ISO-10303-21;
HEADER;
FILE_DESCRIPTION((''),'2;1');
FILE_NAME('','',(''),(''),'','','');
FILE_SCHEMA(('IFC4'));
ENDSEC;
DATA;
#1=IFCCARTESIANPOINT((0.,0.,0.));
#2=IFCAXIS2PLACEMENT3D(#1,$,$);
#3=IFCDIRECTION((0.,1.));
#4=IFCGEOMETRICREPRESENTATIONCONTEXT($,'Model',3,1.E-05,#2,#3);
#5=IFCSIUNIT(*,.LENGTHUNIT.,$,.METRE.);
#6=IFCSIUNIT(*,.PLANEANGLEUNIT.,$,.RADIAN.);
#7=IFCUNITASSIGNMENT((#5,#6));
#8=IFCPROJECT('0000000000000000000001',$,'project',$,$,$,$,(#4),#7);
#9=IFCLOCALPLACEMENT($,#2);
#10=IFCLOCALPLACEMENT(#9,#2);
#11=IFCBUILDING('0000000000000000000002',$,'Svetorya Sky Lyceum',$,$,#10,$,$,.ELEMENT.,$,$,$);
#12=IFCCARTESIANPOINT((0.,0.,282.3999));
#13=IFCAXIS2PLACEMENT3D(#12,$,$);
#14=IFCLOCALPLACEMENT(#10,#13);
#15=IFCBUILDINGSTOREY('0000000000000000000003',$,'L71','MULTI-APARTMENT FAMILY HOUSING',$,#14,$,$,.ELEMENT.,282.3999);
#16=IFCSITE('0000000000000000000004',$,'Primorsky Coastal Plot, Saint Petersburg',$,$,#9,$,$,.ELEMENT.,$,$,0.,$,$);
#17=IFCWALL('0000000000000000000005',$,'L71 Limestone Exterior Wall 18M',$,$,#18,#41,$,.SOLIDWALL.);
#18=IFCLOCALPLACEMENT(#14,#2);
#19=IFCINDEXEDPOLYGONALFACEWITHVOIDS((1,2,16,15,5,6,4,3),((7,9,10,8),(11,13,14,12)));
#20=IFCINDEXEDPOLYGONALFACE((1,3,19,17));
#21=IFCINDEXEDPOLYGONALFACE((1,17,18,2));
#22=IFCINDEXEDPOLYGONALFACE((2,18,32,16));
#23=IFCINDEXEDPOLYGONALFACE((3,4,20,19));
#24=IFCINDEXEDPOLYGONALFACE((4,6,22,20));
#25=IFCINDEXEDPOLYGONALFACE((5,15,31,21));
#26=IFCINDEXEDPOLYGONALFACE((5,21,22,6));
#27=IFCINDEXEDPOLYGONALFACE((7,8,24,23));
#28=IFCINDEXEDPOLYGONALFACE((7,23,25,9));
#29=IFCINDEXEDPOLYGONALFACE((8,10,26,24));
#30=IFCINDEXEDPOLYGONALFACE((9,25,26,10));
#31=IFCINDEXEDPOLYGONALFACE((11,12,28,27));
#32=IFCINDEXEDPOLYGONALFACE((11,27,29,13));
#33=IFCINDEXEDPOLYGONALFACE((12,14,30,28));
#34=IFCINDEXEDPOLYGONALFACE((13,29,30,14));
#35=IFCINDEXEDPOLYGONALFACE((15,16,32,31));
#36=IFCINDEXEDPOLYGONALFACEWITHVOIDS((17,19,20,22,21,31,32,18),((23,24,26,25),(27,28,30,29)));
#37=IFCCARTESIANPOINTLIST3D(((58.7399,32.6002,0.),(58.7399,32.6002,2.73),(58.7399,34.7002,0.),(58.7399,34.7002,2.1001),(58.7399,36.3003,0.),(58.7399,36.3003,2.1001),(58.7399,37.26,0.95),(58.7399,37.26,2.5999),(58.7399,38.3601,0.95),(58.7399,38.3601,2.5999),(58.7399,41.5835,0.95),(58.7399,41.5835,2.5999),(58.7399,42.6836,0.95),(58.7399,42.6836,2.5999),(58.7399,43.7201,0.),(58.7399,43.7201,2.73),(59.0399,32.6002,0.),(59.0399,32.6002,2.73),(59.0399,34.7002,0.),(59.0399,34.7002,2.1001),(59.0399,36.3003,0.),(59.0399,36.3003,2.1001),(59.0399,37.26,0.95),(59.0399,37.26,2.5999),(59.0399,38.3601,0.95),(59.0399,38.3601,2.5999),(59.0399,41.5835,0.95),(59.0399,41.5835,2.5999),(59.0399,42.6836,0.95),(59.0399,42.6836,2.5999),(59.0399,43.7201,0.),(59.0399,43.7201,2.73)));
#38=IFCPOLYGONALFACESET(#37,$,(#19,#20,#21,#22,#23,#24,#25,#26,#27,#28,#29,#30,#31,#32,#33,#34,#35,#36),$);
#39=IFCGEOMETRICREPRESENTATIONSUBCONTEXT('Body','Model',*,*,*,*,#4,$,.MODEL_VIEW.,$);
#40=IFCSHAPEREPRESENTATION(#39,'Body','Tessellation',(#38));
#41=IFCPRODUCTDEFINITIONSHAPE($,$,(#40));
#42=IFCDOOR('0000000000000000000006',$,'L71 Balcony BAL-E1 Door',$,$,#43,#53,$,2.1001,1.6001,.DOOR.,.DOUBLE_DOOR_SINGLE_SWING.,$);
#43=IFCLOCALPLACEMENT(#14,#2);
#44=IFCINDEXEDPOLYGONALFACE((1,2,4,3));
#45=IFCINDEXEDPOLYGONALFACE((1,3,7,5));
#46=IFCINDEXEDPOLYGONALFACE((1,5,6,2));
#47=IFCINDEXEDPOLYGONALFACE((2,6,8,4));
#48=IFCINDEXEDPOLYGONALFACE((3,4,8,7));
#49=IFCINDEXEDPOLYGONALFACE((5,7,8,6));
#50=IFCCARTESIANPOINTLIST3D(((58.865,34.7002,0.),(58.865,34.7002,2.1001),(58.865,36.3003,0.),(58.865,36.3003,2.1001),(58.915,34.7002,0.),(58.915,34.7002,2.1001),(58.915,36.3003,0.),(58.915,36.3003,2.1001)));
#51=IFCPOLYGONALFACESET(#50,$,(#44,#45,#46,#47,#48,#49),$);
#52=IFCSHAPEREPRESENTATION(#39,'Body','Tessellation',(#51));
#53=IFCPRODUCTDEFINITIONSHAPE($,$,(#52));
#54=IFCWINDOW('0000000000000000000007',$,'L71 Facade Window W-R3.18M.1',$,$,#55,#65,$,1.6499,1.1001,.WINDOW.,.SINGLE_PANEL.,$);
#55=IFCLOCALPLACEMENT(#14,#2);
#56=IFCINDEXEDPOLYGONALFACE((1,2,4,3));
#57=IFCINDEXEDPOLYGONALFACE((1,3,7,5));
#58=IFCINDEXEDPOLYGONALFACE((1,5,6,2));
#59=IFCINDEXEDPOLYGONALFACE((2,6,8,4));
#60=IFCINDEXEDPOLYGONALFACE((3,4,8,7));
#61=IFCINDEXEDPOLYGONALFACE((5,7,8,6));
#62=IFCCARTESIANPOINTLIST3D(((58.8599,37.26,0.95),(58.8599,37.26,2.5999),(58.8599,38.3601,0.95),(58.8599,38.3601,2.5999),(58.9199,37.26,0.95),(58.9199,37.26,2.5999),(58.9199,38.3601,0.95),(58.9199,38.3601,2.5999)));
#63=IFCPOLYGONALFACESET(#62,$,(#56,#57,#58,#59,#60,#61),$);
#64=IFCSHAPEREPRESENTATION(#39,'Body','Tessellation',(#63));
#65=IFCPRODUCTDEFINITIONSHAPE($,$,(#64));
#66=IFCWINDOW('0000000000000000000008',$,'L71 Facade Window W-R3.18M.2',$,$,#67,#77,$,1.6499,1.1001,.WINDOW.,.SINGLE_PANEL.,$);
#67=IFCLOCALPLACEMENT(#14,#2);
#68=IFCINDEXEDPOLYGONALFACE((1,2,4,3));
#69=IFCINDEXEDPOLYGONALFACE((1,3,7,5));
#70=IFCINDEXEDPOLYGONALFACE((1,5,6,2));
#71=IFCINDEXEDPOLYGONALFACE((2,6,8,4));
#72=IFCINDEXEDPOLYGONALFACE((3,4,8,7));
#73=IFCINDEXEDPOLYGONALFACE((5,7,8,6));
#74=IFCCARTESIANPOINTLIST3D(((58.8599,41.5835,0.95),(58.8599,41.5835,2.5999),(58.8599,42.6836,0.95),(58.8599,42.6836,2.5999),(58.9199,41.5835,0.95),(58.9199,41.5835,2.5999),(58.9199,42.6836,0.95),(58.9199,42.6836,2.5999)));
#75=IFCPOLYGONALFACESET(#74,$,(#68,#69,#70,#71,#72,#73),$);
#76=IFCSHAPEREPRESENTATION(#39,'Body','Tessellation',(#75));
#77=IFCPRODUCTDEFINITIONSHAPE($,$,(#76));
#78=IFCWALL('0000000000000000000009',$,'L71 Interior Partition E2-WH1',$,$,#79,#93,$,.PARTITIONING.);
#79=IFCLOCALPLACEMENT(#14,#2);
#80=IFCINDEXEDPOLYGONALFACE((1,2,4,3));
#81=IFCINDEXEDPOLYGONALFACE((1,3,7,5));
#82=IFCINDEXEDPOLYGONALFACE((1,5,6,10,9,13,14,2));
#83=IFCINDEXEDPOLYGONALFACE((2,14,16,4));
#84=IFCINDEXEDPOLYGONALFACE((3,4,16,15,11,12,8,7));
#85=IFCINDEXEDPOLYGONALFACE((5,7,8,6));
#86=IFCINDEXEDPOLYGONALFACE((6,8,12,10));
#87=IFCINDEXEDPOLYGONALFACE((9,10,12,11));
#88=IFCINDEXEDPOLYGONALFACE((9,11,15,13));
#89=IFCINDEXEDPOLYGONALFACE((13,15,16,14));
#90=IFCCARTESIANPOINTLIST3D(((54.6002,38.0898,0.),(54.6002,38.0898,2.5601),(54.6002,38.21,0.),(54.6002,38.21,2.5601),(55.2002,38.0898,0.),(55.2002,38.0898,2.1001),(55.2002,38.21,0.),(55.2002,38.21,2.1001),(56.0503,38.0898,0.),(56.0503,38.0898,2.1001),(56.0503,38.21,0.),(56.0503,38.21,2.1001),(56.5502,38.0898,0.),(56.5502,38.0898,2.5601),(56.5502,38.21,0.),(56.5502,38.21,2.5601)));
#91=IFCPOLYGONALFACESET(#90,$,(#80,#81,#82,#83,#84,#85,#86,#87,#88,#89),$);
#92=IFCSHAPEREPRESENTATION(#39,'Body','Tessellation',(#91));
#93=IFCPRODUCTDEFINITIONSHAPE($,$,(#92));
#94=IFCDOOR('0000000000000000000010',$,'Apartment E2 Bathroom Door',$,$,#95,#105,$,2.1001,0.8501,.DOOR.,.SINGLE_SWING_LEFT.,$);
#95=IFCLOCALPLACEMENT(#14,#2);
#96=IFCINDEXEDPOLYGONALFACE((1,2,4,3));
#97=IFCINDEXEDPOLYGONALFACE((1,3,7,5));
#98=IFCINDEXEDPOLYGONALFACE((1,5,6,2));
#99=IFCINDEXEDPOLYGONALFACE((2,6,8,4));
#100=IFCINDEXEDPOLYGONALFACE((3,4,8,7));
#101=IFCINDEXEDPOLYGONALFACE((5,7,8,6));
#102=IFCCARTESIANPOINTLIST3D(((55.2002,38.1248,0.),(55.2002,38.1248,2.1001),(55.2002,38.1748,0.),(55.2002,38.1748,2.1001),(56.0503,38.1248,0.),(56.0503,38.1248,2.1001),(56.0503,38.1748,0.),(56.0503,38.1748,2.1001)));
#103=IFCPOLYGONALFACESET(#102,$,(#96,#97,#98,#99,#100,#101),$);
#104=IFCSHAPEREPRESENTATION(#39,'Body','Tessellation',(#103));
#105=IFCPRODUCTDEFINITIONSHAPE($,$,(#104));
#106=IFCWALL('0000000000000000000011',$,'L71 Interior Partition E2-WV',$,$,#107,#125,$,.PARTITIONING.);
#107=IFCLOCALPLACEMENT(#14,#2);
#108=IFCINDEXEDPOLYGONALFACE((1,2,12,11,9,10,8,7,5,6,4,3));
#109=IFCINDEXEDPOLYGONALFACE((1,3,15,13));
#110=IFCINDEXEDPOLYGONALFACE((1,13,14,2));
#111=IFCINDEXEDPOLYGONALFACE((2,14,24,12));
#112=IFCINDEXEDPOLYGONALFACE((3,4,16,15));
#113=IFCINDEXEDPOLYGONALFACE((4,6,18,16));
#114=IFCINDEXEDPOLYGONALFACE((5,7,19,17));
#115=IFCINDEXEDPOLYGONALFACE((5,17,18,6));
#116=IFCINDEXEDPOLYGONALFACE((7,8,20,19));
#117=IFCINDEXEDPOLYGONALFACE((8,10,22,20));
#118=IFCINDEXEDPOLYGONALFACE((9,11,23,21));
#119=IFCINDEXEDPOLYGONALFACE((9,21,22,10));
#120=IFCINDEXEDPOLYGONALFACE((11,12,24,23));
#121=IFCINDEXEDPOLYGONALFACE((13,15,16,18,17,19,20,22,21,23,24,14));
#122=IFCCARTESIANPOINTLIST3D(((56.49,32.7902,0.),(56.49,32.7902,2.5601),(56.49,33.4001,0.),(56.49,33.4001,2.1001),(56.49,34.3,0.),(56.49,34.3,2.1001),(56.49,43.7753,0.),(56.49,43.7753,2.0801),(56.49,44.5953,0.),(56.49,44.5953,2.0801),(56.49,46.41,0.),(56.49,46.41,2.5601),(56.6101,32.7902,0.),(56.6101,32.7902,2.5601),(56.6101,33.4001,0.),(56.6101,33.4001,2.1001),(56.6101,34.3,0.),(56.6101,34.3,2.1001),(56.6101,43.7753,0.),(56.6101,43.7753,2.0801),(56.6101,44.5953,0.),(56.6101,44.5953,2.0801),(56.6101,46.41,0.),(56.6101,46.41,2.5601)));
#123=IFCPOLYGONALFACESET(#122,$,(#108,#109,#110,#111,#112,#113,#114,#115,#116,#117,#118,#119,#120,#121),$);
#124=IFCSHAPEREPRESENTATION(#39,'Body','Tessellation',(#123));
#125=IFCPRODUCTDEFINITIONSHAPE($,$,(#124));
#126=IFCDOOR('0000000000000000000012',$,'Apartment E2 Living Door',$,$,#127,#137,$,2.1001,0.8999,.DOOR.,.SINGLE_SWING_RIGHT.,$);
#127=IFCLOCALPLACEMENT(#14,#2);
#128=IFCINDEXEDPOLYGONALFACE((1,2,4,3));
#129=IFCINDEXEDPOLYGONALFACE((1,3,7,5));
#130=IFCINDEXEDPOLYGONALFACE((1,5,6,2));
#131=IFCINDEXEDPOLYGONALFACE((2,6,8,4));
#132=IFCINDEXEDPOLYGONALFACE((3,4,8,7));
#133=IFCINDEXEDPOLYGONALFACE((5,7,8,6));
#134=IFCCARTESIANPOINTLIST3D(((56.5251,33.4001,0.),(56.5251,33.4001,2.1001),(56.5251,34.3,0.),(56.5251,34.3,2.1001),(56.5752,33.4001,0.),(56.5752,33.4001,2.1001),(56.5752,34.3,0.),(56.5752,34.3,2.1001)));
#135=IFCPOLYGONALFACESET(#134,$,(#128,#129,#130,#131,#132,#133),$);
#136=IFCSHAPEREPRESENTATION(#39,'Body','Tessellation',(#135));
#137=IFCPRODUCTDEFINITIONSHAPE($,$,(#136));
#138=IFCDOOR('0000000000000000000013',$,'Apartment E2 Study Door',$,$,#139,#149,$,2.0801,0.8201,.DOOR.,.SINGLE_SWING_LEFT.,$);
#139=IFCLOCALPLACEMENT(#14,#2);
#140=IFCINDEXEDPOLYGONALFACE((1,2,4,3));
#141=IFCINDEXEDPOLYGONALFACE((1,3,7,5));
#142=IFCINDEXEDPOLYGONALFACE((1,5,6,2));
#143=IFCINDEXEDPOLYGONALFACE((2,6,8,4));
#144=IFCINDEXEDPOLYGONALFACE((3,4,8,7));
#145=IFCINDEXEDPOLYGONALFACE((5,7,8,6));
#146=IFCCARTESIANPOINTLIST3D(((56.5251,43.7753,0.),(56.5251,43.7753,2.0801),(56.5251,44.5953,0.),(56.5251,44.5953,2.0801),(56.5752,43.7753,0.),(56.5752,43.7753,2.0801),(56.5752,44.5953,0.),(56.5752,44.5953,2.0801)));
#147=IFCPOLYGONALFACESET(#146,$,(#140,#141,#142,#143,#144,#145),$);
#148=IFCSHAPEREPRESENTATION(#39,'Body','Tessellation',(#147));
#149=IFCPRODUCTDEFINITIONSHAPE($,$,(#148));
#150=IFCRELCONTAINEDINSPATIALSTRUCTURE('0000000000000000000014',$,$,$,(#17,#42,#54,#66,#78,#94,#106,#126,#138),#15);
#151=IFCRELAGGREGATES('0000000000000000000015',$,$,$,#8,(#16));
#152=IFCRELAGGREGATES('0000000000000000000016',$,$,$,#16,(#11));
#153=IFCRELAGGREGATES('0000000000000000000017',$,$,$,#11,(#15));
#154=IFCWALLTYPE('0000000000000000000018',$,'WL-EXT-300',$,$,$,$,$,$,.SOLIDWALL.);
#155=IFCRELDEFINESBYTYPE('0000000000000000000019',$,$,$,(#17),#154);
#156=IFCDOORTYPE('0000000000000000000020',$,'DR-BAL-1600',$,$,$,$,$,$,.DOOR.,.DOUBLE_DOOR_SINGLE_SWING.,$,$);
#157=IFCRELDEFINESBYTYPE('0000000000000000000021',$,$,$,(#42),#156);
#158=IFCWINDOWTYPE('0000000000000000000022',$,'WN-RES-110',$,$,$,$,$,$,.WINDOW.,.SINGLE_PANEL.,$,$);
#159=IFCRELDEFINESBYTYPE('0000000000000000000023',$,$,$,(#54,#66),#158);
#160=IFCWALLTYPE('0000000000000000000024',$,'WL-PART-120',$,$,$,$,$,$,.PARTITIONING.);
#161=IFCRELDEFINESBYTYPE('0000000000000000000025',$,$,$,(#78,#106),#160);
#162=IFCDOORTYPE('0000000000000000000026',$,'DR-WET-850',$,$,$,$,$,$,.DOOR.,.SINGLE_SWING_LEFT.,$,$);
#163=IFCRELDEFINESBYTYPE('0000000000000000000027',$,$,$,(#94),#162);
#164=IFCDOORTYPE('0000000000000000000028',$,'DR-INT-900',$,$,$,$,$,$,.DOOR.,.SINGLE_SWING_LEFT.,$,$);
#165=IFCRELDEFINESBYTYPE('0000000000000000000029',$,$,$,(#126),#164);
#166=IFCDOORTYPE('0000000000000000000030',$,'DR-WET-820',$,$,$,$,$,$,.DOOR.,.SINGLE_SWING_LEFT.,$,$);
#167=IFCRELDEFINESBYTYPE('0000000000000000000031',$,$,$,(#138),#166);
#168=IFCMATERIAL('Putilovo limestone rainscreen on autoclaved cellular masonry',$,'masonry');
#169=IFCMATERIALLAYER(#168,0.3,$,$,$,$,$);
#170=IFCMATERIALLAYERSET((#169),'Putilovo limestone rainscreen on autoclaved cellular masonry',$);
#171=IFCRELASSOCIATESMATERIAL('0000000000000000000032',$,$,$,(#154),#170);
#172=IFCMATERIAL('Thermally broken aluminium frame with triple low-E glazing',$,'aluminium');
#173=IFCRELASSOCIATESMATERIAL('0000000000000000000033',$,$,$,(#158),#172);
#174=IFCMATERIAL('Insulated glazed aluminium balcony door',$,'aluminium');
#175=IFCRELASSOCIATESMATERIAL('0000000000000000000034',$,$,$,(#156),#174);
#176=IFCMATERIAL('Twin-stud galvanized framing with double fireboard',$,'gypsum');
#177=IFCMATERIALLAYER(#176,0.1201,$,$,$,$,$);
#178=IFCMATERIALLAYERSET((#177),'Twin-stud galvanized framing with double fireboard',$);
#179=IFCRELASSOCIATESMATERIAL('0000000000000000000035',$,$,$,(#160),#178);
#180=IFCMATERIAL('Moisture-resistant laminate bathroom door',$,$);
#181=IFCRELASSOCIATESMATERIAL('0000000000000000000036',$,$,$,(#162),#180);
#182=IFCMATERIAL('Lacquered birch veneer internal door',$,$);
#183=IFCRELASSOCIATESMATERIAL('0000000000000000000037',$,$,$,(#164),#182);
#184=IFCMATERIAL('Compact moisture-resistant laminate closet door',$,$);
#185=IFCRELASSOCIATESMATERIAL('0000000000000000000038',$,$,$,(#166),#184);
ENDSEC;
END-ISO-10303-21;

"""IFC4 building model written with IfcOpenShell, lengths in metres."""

from ifc_helpers import new_model, si_unit, direction, frame, frame_2d, origin, place, context, subcontext, project, spatial, rectangle, extrude, material, layer, layer_set, type_object, element, fill, save


model = new_model("IFC4")

# Units and contexts
model_context = context("Model", 3, precision=1e-05, world=origin(), true_north=direction((0.0, 1.0)))
body_context = subcontext(model_context, "Body", "Model", "MODEL_VIEW")
ifc_project = project(units=[si_unit("LENGTHUNIT", "METRE"), si_unit("PLANEANGLEUNIT", "RADIAN")], contexts=[model_context])

# Site, building, storey
site_placement = place(None, origin())
site = spatial("IfcSite", under=ifc_project, at=site_placement, Name="Primorsky Coastal Plot, Saint Petersburg", CompositionType="ELEMENT", RefElevation=0.0)
building_placement = place(site_placement, origin())
building = spatial("IfcBuilding", under=site, at=building_placement, Name="Svetorya Sky Lyceum", CompositionType="ELEMENT")
storey_placement = place(building_placement, frame((0.0, 0.0, 282.3999)))
storey = spatial("IfcBuildingStorey", under=building, at=storey_placement, Name="L71", Description="MULTI-APARTMENT FAMILY HOUSING", CompositionType="ELEMENT", Elevation=282.3999)

# Shared definitions
ifc_material_1 = material(Name="Putilovo limestone rainscreen on autoclaved cellular masonry", Category="masonry")
ifc_layer_1 = layer(ifc_material_1, 0.3)
ifc_layer_set_1 = layer_set([ifc_layer_1], Name="Putilovo limestone rainscreen on autoclaved cellular masonry")
wall_type_1 = type_object("IfcWallType", Name="WL-EXT-300", PredefinedType="SOLIDWALL", material=ifc_layer_set_1)

# Shared definitions
ifc_material_2 = material(Name="Thermally broken aluminium frame with triple low-E glazing", Category="aluminium")
window_type = type_object("IfcWindowType", Name="WN-RES-110", PartitioningType="SINGLE_PANEL", PredefinedType="WINDOW", material=ifc_material_2)

# Wall, openings, door, windows
wall_1_placement = place(storey_placement, frame((58.8899, 32.6001, 0.0), z_axis=(0.0, 0.0, 1.0), x_axis=(0.0, 1.0, 0.0)))
wall_1 = element("IfcWall", 1, at=wall_1_placement, inside=storey, type_object=wall_type_1, Name="L71 Limestone Exterior Wall 18M", PredefinedType="SOLIDWALL", context=body_context, shape_type="SweptSolid", body=[
    extrude(rectangle(XDim=11.1199, YDim=0.3, at=frame_2d((5.5601, 0.0))), origin(), (0.0, 0.0, 1.0), 2.73),
])
opening_1_placement = place(wall_1_placement, frame((2.1001, 0.0, 0.0)))
opening_1 = element("IfcOpeningElement", 2, at=opening_1_placement, cuts=wall_1, PredefinedType="OPENING", context=body_context, shape_type="SweptSolid", body=[
    extrude(rectangle(XDim=1.6001, YDim=2.1001, at=frame_2d((0.8, 1.05))), frame((0.0, 0.1599, 0.0), z_axis=(0.0, -1.0, 0.0), x_axis=(1.0, 0.0, 0.0)), (0.0, 0.0, 1.0), 0.3201),
])
opening_2_placement = place(wall_1_placement, frame((4.6599, 0.0, 0.95)))
opening_2 = element("IfcOpeningElement", 3, at=opening_2_placement, cuts=wall_1, PredefinedType="OPENING", context=body_context, shape_type="SweptSolid", body=[
    extrude(rectangle(XDim=1.1001, YDim=1.6499, at=frame_2d((0.55, 0.825))), frame((0.0, 0.1599, 0.0), z_axis=(0.0, -1.0, 0.0), x_axis=(1.0, 0.0, 0.0)), (0.0, 0.0, 1.0), 0.3201),
])
opening_3_placement = place(wall_1_placement, frame((8.9834, 0.0, 0.95)))
opening_3 = element("IfcOpeningElement", 4, at=opening_3_placement, cuts=wall_1, PredefinedType="OPENING", context=body_context, shape_type="SweptSolid", body=[
    extrude(rectangle(XDim=1.1001, YDim=1.6499, at=frame_2d((0.55, 0.825))), frame((0.0, 0.1599, 0.0), z_axis=(0.0, -1.0, 0.0), x_axis=(1.0, 0.0, 0.0)), (0.0, 0.0, 1.0), 0.3201),
])
ifc_material_3 = material(Name="Insulated glazed aluminium balcony door", Category="aluminium")
door_type_1 = type_object("IfcDoorType", Name="DR-BAL-1600", OperationType="DOUBLE_DOOR_SINGLE_SWING", PredefinedType="DOOR", material=ifc_material_3)
door_1_placement = place(opening_1_placement, origin())
door_1 = element("IfcDoor", 5, at=door_1_placement, inside=storey, type_object=door_type_1, Name="L71 Balcony BAL-E1 Door", OperationType="DOUBLE_DOOR_SINGLE_SWING", OverallHeight=2.1001, OverallWidth=1.6001, PredefinedType="DOOR", context=body_context, shape_type="SweptSolid", body=[
    extrude(rectangle(XDim=1.6001, YDim=2.1001, at=frame_2d((0.8, 1.05))), frame((0.0, 0.0249, 0.0), z_axis=(0.0, -1.0, 0.0), x_axis=(1.0, 0.0, 0.0)), (0.0, 0.0, 1.0), 0.05),
])
fill(opening_1, door_1)
window_1_placement = place(opening_2_placement, origin())
window_1 = element("IfcWindow", 6, at=window_1_placement, inside=storey, type_object=window_type, Name="L71 Facade Window W-R3.18M.1", OverallHeight=1.6499, OverallWidth=1.1001, PartitioningType="SINGLE_PANEL", PredefinedType="WINDOW", context=body_context, shape_type="SweptSolid", body=[
    extrude(rectangle(XDim=1.1001, YDim=1.6499, at=frame_2d((0.55, 0.825))), frame((0.0, 0.03, 0.0), z_axis=(0.0, -1.0, 0.0), x_axis=(1.0, 0.0, 0.0)), (0.0, 0.0, 1.0), 0.0601),
])
fill(opening_2, window_1)
window_2_placement = place(opening_3_placement, origin())
window_2 = element("IfcWindow", 7, at=window_2_placement, inside=storey, type_object=window_type, Name="L71 Facade Window W-R3.18M.2", OverallHeight=1.6499, OverallWidth=1.1001, PartitioningType="SINGLE_PANEL", PredefinedType="WINDOW", context=body_context, shape_type="SweptSolid", body=[
    extrude(rectangle(XDim=1.1001, YDim=1.6499, at=frame_2d((0.55, 0.825))), frame((0.0, 0.03, 0.0), z_axis=(0.0, -1.0, 0.0), x_axis=(1.0, 0.0, 0.0)), (0.0, 0.0, 1.0), 0.0601),
])
fill(opening_3, window_2)

# Wall, opening, door
ifc_material_4 = material(Name="Twin-stud galvanized framing with double fireboard", Category="gypsum")
ifc_layer_2 = layer(ifc_material_4, 0.1201)
ifc_layer_set_2 = layer_set([ifc_layer_2], Name="Twin-stud galvanized framing with double fireboard")
wall_type_2 = type_object("IfcWallType", Name="WL-PART-120", PredefinedType="PARTITIONING", material=ifc_layer_set_2)
wall_2_placement = place(storey_placement, frame((54.6001, 38.1499, 0.0), z_axis=(0.0, 0.0, 1.0), x_axis=(1.0, 0.0, 0.0)))
wall_2 = element("IfcWall", 8, at=wall_2_placement, inside=storey, type_object=wall_type_2, Name="L71 Interior Partition E2-WH1", PredefinedType="PARTITIONING", context=body_context, shape_type="SweptSolid", body=[
    extrude(rectangle(XDim=1.95, YDim=0.1201, at=frame_2d((0.9751, 0.0))), origin(), (0.0, 0.0, 1.0), 2.5601),
])
opening_4_placement = place(wall_2_placement, frame((0.6001, 0.0, 0.0)))
opening_4 = element("IfcOpeningElement", 9, at=opening_4_placement, cuts=wall_2, PredefinedType="OPENING", context=body_context, shape_type="SweptSolid", body=[
    extrude(rectangle(XDim=0.8501, YDim=2.1001, at=frame_2d((0.425, 1.05))), frame((0.0, 0.0701, 0.0), z_axis=(0.0, -1.0, 0.0), x_axis=(1.0, 0.0, 0.0)), (0.0, 0.0, 1.0), 0.1401),
])
ifc_material_5 = material(Name="Moisture-resistant laminate bathroom door")
door_type_2 = type_object("IfcDoorType", Name="DR-WET-850", OperationType="SINGLE_SWING_LEFT", PredefinedType="DOOR", material=ifc_material_5)
door_2_placement = place(opening_4_placement, origin())
door_2 = element("IfcDoor", 10, at=door_2_placement, inside=storey, type_object=door_type_2, Name="Apartment E2 Bathroom Door", OperationType="SINGLE_SWING_LEFT", OverallHeight=2.1001, OverallWidth=0.8501, PredefinedType="DOOR", context=body_context, shape_type="SweptSolid", body=[
    extrude(rectangle(XDim=0.8501, YDim=2.1001, at=frame_2d((0.425, 1.05))), frame((0.0, 0.0249, 0.0), z_axis=(0.0, -1.0, 0.0), x_axis=(1.0, 0.0, 0.0)), (0.0, 0.0, 1.0), 0.05),
])
fill(opening_4, door_2)

# Wall, openings, doors
wall_3_placement = place(storey_placement, frame((56.55, 32.79, 0.0), z_axis=(0.0, 0.0, 1.0), x_axis=(0.0, 1.0, 0.0)))
wall_3 = element("IfcWall", 11, at=wall_3_placement, inside=storey, type_object=wall_type_2, Name="L71 Interior Partition E2-WV", PredefinedType="PARTITIONING", context=body_context, shape_type="SweptSolid", body=[
    extrude(rectangle(XDim=13.6199, YDim=0.1201, at=frame_2d((6.8101, 0.0))), origin(), (0.0, 0.0, 1.0), 2.5601),
])
opening_5_placement = place(wall_3_placement, frame((0.6101, 0.0, 0.0)))
opening_5 = element("IfcOpeningElement", 12, at=opening_5_placement, cuts=wall_3, PredefinedType="OPENING", context=body_context, shape_type="SweptSolid", body=[
    extrude(rectangle(XDim=0.8999, YDim=2.1001, at=frame_2d((0.45, 1.05))), frame((0.0, 0.0701, 0.0), z_axis=(0.0, -1.0, 0.0), x_axis=(1.0, 0.0, 0.0)), (0.0, 0.0, 1.0), 0.1401),
])
opening_6_placement = place(wall_3_placement, frame((10.9851, 0.0, 0.0)))
opening_6 = element("IfcOpeningElement", 13, at=opening_6_placement, cuts=wall_3, PredefinedType="OPENING", context=body_context, shape_type="SweptSolid", body=[
    extrude(rectangle(XDim=0.8201, YDim=2.0801, at=frame_2d((0.4102, 1.04))), frame((0.0, 0.0701, 0.0), z_axis=(0.0, -1.0, 0.0), x_axis=(1.0, 0.0, 0.0)), (0.0, 0.0, 1.0), 0.1401),
])
ifc_material_6 = material(Name="Lacquered birch veneer internal door")
door_type_3 = type_object("IfcDoorType", Name="DR-INT-900", OperationType="SINGLE_SWING_LEFT", PredefinedType="DOOR", material=ifc_material_6)
door_3_placement = place(opening_5_placement, origin())
door_3 = element("IfcDoor", 14, at=door_3_placement, inside=storey, type_object=door_type_3, Name="Apartment E2 Living Door", OperationType="SINGLE_SWING_RIGHT", OverallHeight=2.1001, OverallWidth=0.8999, PredefinedType="DOOR", context=body_context, shape_type="SweptSolid", body=[
    extrude(rectangle(XDim=0.8999, YDim=2.1001, at=frame_2d((0.45, 1.05))), frame((0.0, 0.0249, 0.0), z_axis=(0.0, -1.0, 0.0), x_axis=(1.0, 0.0, 0.0)), (0.0, 0.0, 1.0), 0.05),
])
fill(opening_5, door_3)
ifc_material_7 = material(Name="Compact moisture-resistant laminate closet door")
door_type_4 = type_object("IfcDoorType", Name="DR-WET-820", OperationType="SINGLE_SWING_LEFT", PredefinedType="DOOR", material=ifc_material_7)
door_4_placement = place(opening_6_placement, origin())
door_4 = element("IfcDoor", 15, at=door_4_placement, inside=storey, type_object=door_type_4, Name="Apartment E2 Study Door", OperationType="SINGLE_SWING_LEFT", OverallHeight=2.0801, OverallWidth=0.8201, PredefinedType="DOOR", context=body_context, shape_type="SweptSolid", body=[
    extrude(rectangle(XDim=0.8201, YDim=2.0801, at=frame_2d((0.4102, 1.04))), frame((0.0, 0.0249, 0.0), z_axis=(0.0, -1.0, 0.0), x_axis=(1.0, 0.0, 0.0)), (0.0, 0.0, 1.0), 0.05),
])
fill(opening_6, door_4)

save(model, "model.ifc")
